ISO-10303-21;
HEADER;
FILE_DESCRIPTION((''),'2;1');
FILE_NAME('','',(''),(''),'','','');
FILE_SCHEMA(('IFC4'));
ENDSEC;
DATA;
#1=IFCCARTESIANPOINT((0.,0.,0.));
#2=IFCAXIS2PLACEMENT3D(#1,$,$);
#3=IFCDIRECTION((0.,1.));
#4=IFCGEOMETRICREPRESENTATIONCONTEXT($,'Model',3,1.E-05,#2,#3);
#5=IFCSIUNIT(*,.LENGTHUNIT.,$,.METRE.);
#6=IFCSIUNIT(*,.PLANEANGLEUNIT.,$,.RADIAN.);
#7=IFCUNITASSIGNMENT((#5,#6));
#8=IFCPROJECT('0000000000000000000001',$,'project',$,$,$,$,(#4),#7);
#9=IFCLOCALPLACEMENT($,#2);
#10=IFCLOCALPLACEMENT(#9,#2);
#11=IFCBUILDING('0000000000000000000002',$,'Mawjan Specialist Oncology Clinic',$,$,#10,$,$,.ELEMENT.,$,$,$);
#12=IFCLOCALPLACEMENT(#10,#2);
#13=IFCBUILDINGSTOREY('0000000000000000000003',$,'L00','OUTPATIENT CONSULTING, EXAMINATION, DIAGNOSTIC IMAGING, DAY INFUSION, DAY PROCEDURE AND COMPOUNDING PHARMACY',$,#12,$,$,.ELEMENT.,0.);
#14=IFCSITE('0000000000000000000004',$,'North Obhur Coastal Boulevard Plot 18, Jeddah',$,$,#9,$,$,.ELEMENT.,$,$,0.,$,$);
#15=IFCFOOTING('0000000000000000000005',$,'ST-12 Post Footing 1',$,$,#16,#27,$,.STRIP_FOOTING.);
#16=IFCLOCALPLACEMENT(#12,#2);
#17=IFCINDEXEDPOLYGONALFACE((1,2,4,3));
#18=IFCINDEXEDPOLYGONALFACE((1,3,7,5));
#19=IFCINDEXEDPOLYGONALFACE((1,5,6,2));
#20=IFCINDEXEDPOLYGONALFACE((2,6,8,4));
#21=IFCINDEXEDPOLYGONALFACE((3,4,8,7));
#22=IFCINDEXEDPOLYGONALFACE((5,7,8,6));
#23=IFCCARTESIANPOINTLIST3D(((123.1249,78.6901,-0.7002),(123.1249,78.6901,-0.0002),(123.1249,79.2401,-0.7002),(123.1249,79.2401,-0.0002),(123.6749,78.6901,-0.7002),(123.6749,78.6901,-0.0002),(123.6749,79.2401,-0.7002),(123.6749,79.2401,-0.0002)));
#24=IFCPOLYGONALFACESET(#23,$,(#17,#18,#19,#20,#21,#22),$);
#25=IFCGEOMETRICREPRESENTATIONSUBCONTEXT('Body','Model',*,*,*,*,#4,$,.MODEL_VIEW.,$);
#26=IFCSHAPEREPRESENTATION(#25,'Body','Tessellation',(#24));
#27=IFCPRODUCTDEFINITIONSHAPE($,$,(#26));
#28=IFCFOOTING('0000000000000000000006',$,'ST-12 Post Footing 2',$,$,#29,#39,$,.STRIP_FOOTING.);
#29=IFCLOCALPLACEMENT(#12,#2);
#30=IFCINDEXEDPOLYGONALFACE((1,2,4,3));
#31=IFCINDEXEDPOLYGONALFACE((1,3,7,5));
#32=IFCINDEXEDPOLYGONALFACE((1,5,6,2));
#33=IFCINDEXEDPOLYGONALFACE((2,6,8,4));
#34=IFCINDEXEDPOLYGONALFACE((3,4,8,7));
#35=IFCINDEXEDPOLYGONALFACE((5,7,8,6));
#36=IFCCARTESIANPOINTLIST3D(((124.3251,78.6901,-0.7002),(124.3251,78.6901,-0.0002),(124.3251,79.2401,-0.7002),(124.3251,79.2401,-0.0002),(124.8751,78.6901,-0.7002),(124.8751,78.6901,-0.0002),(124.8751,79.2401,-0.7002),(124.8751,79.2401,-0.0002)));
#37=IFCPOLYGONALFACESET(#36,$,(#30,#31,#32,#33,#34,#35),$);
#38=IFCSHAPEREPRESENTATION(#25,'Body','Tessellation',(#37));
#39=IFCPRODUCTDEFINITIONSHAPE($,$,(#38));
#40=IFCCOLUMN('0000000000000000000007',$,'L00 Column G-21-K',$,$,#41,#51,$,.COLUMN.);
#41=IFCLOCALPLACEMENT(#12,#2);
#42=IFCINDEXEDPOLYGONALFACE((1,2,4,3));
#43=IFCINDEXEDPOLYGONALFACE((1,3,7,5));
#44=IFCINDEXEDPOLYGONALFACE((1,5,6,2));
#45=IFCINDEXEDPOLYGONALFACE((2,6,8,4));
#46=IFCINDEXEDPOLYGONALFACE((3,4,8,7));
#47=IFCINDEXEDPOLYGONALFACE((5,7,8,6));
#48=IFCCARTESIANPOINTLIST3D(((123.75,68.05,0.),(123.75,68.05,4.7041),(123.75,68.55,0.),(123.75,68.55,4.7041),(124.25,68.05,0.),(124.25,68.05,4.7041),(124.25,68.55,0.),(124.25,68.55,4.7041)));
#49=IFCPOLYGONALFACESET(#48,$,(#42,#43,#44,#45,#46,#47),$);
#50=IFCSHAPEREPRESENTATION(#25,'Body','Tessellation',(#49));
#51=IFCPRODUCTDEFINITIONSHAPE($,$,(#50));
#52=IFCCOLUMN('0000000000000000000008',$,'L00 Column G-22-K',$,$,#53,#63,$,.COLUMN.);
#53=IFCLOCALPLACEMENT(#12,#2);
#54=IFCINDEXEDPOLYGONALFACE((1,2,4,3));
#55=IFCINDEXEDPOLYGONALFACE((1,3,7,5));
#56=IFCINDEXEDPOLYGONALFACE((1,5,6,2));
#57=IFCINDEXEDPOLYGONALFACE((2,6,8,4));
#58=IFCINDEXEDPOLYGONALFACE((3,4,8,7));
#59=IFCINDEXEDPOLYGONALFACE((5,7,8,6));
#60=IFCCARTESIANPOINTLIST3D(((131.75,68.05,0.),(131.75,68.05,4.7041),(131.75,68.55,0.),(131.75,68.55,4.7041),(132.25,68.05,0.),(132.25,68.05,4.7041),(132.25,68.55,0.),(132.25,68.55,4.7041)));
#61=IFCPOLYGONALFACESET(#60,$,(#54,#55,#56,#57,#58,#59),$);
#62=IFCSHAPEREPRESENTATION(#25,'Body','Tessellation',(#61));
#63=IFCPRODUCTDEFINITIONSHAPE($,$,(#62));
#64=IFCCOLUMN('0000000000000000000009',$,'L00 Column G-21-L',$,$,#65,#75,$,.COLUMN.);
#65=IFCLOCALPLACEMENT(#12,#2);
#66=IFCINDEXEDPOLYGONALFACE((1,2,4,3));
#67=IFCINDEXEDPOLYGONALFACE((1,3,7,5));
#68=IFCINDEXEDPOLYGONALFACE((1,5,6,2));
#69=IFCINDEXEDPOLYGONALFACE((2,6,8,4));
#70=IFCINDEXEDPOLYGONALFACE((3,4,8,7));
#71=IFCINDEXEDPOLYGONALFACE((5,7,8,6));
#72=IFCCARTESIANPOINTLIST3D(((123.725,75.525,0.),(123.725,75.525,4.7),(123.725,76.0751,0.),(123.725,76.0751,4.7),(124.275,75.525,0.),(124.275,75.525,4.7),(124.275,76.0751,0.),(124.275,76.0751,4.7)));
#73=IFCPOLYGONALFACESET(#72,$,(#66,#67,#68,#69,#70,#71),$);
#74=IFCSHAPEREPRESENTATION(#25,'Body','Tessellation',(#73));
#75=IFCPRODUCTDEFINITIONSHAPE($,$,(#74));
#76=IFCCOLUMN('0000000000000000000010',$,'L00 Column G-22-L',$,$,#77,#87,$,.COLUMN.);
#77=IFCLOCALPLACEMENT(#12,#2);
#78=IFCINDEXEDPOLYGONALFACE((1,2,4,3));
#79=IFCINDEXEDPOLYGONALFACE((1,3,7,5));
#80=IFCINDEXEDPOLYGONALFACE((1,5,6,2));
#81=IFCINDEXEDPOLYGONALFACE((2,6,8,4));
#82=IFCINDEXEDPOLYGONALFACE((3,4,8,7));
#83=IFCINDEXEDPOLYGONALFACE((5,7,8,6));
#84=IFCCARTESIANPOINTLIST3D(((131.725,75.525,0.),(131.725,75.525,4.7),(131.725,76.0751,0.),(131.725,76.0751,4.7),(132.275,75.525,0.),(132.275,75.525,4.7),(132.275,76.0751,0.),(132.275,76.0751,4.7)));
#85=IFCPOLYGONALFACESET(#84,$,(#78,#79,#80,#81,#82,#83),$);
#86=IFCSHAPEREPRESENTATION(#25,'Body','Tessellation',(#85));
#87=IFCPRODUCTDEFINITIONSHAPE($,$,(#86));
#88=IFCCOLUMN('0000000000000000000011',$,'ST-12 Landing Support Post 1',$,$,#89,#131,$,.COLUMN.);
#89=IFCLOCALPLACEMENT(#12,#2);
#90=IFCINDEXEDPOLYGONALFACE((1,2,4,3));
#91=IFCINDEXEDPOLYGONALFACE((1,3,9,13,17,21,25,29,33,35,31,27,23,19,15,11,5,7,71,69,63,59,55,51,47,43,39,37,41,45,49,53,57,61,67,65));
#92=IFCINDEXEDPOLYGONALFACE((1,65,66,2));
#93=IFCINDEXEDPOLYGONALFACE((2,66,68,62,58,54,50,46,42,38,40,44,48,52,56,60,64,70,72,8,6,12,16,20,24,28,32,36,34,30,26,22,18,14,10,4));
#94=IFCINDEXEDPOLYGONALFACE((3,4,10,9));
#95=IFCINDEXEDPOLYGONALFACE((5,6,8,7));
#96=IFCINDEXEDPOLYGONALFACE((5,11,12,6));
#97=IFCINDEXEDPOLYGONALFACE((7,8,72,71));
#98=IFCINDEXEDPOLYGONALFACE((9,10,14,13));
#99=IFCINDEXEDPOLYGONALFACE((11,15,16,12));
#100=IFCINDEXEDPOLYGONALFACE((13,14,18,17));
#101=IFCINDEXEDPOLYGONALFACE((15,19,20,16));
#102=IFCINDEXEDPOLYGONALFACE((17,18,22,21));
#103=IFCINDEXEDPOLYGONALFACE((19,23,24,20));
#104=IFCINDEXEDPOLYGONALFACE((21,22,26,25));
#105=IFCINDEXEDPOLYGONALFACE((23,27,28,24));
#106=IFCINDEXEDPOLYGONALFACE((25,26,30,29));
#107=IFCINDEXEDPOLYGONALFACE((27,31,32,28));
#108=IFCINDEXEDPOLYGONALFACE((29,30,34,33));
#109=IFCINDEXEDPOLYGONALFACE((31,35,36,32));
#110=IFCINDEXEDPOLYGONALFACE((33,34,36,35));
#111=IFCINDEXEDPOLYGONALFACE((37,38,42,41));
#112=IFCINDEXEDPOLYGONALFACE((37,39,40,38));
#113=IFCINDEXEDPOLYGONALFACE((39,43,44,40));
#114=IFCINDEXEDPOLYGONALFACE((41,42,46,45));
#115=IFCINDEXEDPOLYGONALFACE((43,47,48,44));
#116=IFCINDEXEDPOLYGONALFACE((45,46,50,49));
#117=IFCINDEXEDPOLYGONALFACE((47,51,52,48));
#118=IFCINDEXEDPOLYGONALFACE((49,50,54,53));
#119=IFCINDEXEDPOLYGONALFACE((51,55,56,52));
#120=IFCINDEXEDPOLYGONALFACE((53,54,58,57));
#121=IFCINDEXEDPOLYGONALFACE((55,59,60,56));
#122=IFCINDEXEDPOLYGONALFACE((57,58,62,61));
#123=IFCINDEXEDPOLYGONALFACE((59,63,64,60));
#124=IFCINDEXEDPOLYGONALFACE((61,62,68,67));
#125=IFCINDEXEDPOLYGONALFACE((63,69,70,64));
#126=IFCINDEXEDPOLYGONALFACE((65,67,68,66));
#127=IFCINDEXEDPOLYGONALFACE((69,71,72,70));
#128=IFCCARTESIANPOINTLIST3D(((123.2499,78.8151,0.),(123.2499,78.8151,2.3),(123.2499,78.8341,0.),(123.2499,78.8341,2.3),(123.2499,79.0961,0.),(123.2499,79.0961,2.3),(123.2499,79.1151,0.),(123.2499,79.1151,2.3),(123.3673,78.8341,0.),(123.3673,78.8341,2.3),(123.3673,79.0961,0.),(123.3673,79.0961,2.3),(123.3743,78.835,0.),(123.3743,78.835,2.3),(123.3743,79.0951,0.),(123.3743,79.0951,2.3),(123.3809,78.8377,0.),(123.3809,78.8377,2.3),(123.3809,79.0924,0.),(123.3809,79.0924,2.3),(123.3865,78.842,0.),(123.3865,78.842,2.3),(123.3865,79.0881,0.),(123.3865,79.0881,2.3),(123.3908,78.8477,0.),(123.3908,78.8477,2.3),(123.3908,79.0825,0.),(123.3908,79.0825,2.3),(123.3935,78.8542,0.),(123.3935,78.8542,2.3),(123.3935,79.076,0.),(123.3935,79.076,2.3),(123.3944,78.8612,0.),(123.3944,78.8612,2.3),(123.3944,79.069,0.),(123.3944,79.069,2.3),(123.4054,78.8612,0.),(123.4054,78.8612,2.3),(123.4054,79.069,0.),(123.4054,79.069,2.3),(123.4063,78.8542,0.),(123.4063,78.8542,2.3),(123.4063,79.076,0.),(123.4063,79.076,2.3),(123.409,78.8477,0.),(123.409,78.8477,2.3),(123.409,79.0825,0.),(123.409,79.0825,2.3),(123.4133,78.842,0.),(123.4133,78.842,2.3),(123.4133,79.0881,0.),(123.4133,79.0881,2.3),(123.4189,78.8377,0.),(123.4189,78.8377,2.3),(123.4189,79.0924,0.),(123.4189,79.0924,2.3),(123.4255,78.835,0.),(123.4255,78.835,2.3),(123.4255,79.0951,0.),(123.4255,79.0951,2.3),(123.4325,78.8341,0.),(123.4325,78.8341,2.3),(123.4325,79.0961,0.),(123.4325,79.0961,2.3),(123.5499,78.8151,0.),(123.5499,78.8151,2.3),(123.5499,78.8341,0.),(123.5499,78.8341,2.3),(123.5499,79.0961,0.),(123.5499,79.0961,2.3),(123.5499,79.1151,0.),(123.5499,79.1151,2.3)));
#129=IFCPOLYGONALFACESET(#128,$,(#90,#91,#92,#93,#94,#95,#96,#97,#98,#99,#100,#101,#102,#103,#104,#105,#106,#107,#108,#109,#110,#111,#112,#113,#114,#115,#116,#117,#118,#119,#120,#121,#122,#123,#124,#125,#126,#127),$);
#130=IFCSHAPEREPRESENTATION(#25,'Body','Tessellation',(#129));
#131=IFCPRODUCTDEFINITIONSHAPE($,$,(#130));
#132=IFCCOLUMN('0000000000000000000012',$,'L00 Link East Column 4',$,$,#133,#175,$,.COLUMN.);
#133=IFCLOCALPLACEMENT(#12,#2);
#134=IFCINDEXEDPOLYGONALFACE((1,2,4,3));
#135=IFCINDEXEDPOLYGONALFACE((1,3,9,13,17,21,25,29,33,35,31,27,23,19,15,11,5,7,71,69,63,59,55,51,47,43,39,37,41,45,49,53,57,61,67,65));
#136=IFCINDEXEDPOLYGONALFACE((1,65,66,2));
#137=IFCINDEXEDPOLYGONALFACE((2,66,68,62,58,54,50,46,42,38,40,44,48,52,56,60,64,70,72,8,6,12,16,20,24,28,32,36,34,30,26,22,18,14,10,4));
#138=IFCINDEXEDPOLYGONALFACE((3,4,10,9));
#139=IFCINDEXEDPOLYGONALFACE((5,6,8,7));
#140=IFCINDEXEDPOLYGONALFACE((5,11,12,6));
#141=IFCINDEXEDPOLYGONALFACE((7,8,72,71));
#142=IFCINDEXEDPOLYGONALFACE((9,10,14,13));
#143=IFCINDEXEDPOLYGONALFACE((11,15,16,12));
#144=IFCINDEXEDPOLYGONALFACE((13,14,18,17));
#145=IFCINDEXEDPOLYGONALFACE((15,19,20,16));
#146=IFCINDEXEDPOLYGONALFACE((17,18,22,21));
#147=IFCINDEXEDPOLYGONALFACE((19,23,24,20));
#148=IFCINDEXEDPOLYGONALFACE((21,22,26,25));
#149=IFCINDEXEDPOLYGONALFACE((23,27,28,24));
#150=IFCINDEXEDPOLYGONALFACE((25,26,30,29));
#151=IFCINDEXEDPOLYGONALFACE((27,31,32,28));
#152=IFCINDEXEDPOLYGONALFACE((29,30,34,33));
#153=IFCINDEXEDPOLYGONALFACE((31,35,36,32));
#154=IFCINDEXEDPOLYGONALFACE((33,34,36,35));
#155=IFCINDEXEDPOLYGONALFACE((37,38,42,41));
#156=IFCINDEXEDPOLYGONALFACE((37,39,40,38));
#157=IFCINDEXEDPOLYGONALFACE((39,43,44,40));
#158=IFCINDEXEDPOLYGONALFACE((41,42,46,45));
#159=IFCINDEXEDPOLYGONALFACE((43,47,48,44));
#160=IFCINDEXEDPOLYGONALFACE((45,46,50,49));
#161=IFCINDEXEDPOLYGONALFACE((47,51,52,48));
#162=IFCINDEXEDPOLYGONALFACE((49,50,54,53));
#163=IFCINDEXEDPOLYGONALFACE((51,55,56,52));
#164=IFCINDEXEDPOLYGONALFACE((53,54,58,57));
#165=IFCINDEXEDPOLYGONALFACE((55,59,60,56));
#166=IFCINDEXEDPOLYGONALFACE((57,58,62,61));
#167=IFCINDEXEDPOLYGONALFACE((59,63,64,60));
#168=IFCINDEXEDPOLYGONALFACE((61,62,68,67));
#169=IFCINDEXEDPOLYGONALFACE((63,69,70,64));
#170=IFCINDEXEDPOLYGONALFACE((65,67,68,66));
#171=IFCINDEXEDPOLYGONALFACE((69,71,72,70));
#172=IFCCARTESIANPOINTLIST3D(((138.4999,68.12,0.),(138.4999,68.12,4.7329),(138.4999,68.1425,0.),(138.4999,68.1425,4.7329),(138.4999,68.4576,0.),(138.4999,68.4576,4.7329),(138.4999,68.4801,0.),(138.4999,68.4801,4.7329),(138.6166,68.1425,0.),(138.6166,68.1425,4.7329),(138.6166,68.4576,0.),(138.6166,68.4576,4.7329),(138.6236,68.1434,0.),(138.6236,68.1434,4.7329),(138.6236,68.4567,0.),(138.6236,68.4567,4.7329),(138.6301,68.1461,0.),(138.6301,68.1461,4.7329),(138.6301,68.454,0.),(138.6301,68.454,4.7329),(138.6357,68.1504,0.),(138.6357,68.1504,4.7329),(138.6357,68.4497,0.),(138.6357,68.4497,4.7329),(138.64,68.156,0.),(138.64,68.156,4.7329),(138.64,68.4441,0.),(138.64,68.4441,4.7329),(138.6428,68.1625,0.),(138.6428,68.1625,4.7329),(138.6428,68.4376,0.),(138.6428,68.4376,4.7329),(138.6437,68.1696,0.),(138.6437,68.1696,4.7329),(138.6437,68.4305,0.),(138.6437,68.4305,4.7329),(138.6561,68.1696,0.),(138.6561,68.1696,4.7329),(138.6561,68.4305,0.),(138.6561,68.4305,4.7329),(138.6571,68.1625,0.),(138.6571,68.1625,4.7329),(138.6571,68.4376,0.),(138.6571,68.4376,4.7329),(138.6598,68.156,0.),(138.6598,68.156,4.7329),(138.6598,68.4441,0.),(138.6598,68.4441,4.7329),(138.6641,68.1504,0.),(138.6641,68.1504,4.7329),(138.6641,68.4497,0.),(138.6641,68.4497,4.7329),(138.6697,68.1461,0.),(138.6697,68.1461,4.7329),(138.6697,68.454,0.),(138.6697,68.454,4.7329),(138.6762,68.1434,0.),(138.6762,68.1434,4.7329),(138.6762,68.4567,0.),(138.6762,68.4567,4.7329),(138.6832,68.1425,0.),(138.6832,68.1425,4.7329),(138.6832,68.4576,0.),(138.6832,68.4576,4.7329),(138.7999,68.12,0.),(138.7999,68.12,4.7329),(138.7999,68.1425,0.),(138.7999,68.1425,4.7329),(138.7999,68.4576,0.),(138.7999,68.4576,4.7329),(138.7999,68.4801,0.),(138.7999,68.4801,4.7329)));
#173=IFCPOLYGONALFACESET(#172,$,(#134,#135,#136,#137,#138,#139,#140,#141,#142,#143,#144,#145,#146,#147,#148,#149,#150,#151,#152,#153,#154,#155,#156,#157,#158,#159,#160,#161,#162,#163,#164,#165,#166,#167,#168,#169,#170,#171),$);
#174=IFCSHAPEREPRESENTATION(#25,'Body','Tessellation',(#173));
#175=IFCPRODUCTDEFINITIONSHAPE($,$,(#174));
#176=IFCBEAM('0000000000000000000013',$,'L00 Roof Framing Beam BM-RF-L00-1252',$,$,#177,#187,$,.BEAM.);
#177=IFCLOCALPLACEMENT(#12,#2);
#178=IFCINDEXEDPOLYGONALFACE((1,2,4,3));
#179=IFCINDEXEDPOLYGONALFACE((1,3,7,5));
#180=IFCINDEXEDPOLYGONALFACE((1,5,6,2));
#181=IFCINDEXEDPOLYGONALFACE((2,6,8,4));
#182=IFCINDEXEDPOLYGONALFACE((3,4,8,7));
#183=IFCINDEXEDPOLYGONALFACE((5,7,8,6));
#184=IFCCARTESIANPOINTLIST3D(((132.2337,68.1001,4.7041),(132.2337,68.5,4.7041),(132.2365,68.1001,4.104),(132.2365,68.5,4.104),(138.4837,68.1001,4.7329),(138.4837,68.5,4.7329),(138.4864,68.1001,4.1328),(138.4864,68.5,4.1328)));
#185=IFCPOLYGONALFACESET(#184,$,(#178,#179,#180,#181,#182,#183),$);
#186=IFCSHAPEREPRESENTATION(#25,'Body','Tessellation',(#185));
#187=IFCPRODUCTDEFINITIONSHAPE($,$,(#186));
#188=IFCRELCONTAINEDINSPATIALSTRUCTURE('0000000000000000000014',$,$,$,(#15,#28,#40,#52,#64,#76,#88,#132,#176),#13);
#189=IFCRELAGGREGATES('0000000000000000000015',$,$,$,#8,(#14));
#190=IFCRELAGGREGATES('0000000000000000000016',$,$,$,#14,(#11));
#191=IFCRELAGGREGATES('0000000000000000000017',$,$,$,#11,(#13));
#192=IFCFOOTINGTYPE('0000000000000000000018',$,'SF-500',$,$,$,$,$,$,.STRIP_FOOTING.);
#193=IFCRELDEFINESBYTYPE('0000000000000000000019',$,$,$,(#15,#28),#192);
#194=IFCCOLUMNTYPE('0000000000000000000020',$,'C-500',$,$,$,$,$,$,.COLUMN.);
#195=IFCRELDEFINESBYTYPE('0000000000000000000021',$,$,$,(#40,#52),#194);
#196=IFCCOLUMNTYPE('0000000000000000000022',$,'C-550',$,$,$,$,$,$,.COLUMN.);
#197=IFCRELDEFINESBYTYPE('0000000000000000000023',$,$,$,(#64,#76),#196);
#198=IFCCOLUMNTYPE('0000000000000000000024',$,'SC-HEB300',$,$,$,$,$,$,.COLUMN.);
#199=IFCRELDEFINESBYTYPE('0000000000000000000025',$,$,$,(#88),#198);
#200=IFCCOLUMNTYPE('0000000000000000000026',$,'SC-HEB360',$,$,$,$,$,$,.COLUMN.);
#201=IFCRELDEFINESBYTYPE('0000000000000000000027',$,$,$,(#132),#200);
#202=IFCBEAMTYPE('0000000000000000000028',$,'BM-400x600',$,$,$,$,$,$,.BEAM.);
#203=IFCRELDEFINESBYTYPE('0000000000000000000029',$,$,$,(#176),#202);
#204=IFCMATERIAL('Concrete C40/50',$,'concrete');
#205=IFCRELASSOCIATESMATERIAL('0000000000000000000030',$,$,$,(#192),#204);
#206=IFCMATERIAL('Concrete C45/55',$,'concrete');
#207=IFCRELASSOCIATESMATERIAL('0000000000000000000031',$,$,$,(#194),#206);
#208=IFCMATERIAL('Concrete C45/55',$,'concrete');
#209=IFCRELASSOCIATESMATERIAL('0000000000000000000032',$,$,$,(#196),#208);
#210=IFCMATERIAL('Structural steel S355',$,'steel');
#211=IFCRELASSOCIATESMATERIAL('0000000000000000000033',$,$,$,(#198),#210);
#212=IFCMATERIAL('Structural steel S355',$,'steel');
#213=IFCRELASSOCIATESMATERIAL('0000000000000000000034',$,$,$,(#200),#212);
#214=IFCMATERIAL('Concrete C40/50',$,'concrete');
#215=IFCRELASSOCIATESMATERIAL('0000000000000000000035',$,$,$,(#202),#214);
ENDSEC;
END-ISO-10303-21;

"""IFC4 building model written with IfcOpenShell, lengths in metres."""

from ifc_helpers import new_model, si_unit, direction, frame, origin, origin_2d, place, context, subcontext, project, spatial, rectangle, i_section, extrude, material, material_profile, profile_set, type_object, element, save


model = new_model("IFC4")

# Units and contexts
model_context = context("Model", 3, precision=1e-05, world=origin(), true_north=direction((0.0, 1.0)))
body_context = subcontext(model_context, "Body", "Model", "MODEL_VIEW")
ifc_project = project(units=[si_unit("LENGTHUNIT", "METRE"), si_unit("PLANEANGLEUNIT", "RADIAN")], contexts=[model_context])

# Site, building, storey
site_placement = place(None, origin())
site = spatial("IfcSite", under=ifc_project, at=site_placement, Name="North Obhur Coastal Boulevard Plot 18, Jeddah", CompositionType="ELEMENT", RefElevation=0.0)
building_placement = place(site_placement, origin())
building = spatial("IfcBuilding", under=site, at=building_placement, Name="Mawjan Specialist Oncology Clinic", CompositionType="ELEMENT")
storey_placement = place(building_placement, origin())
storey = spatial("IfcBuildingStorey", under=building, at=storey_placement, Name="L00", Description="OUTPATIENT CONSULTING, EXAMINATION, DIAGNOSTIC IMAGING, DAY INFUSION, DAY PROCEDURE AND COMPOUNDING PHARMACY", CompositionType="ELEMENT", Elevation=0.0)

# Footings
ifc_material_1 = material(Name="Concrete C40/50", Category="concrete")
footing_type = type_object("IfcFootingType", Name="SF-500", PredefinedType="STRIP_FOOTING", material=ifc_material_1)
for number, where, z_axis, x_axis, name in (
    (1, (123.3999, 78.9651, -0.7002), (0.0, 0.0, 1.0), (1.0, 0.0, 0.0), "ST-12 Post Footing 1"),
    (2, (124.6001, 78.9651, -0.7002), (0.0, 0.0, 1.0), (1.0, 0.0, 0.0), "ST-12 Post Footing 2"),
):
    element("IfcFooting", number, at=place(storey_placement, frame(where, z_axis=z_axis, x_axis=x_axis)), inside=storey, type_object=footing_type, Name=name, PredefinedType="STRIP_FOOTING", context=body_context, shape_type="SweptSolid", body=[
        extrude(rectangle(XDim=0.55, YDim=0.55, at=origin_2d()), origin(), (0.0, 0.0, 1.0), 0.7),
    ])

# Columns
ifc_material_2 = material(Name="Concrete C45/55", Category="concrete")
ifc_material_profile_1 = material_profile(ifc_material_2, rectangle(XDim=0.5, YDim=0.5, at=origin_2d()), Name="RC COL 500x500", Category="concrete")
ifc_profile_set_1 = profile_set([ifc_material_profile_1], Name="Concrete C45/55")
column_type_1 = type_object("IfcColumnType", Name="C-500", PredefinedType="COLUMN", material=ifc_profile_set_1)
for number, where, z_axis, x_axis, name in (
    (3, (124.0, 68.3, 0.0), (0.0, 0.0, 1.0), (1.0, 0.0, 0.0), "L00 Column G-21-K"),
    (4, (132.0, 68.3, 0.0), (0.0, 0.0, 1.0), (1.0, 0.0, 0.0), "L00 Column G-22-K"),
):
    element("IfcColumn", number, at=place(storey_placement, frame(where, z_axis=z_axis, x_axis=x_axis)), inside=storey, type_object=column_type_1, Name=name, PredefinedType="COLUMN", context=body_context, shape_type="SweptSolid", body=[
        extrude(rectangle(XDim=0.5, YDim=0.5, at=origin_2d()), origin(), (0.0, 0.0, 1.0), 4.7041),
    ])
ifc_material_3 = material(Name="Concrete C45/55", Category="concrete")
ifc_material_profile_2 = material_profile(ifc_material_3, rectangle(XDim=0.55, YDim=0.55, at=origin_2d()), Name="RC COL 550x550", Category="concrete")
ifc_profile_set_2 = profile_set([ifc_material_profile_2], Name="Concrete C45/55")
column_type_2 = type_object("IfcColumnType", Name="C-550", PredefinedType="COLUMN", material=ifc_profile_set_2)
for number, where, z_axis, x_axis, name in (
    (5, (124.0, 75.8, 0.0), (0.0, 0.0, 1.0), (1.0, 0.0, 0.0), "L00 Column G-21-L"),
    (6, (132.0, 75.8, 0.0), (0.0, 0.0, 1.0), (1.0, 0.0, 0.0), "L00 Column G-22-L"),
):
    element("IfcColumn", number, at=place(storey_placement, frame(where, z_axis=z_axis, x_axis=x_axis)), inside=storey, type_object=column_type_2, Name=name, PredefinedType="COLUMN", context=body_context, shape_type="SweptSolid", body=[
        extrude(rectangle(XDim=0.55, YDim=0.55, at=origin_2d()), origin(), (0.0, 0.0, 1.0), 4.7),
    ])
ifc_material_4 = material(Name="Structural steel S355", Category="steel")
ifc_material_profile_3 = material_profile(ifc_material_4, i_section(OverallWidth=0.3, OverallDepth=0.3, WebThickness=0.011, FlangeThickness=0.019, FilletRadius=0.0271, at=origin_2d()), Name="HEB 300", Category="steel")
ifc_profile_set_3 = profile_set([ifc_material_profile_3], Name="Structural steel S355")
column_type_3 = type_object("IfcColumnType", Name="SC-HEB300", PredefinedType="COLUMN", material=ifc_profile_set_3)
column_1_placement = place(storey_placement, frame((123.3999, 78.9651, 0.0), z_axis=(0.0, 0.0, 1.0), x_axis=(1.0, 0.0, 0.0)))
element("IfcColumn", 7, at=column_1_placement, inside=storey, type_object=column_type_3, Name="ST-12 Landing Support Post 1", PredefinedType="COLUMN", context=body_context, shape_type="SweptSolid", body=[
    extrude(i_section(OverallWidth=0.3, OverallDepth=0.3, WebThickness=0.011, FlangeThickness=0.019, FilletRadius=0.0271, at=origin_2d()), origin(), (0.0, 0.0, 1.0), 2.3),
])
ifc_material_5 = material(Name="Structural steel S355", Category="steel")
ifc_material_profile_4 = material_profile(ifc_material_5, i_section(OverallWidth=0.3, OverallDepth=0.3601, WebThickness=0.0125, FlangeThickness=0.0225, FilletRadius=0.0271, at=origin_2d()), Name="HEB 360", Category="steel")
ifc_profile_set_4 = profile_set([ifc_material_profile_4], Name="Structural steel S355")
column_type_4 = type_object("IfcColumnType", Name="SC-HEB360", PredefinedType="COLUMN", material=ifc_profile_set_4)
column_2_placement = place(storey_placement, frame((138.6499, 68.3, 0.0), z_axis=(0.0, 0.0, 1.0), x_axis=(1.0, 0.0, 0.0)))
element("IfcColumn", 8, at=column_2_placement, inside=storey, type_object=column_type_4, Name="L00 Link East Column 4", PredefinedType="COLUMN", context=body_context, shape_type="SweptSolid", body=[
    extrude(i_section(OverallWidth=0.3, OverallDepth=0.3601, WebThickness=0.0125, FlangeThickness=0.0225, FilletRadius=0.0271, at=origin_2d()), origin(), (0.0, 0.0, 1.0), 4.7329),
])

# Beam
ifc_material_6 = material(Name="Concrete C40/50", Category="concrete")
ifc_material_profile_5 = material_profile(ifc_material_6, rectangle(XDim=0.3999, YDim=0.6001, at=origin_2d()), Name="RC BM 400x600", Category="concrete")
ifc_profile_set_5 = profile_set([ifc_material_profile_5], Name="Concrete C40/50")
beam_type_1 = type_object("IfcBeamType", Name="BM-400x600", PredefinedType="BEAM", material=ifc_profile_set_5)
beam_1_placement = place(storey_placement, frame((132.2351, 68.3, 4.4041), z_axis=(0.999989, 0.0, 0.004609), x_axis=(0.0, 1.0, 0.0)))
element("IfcBeam", 9, at=beam_1_placement, inside=storey, type_object=beam_type_1, Name="L00 Roof Framing Beam BM-RF-L00-1252", PredefinedType="BEAM", context=body_context, shape_type="SweptSolid", body=[
    extrude(rectangle(XDim=0.3999, YDim=0.6001, at=origin_2d()), origin(), (0.0, 0.0, 1.0), 6.25),
])

save(model, "model.ifc")
